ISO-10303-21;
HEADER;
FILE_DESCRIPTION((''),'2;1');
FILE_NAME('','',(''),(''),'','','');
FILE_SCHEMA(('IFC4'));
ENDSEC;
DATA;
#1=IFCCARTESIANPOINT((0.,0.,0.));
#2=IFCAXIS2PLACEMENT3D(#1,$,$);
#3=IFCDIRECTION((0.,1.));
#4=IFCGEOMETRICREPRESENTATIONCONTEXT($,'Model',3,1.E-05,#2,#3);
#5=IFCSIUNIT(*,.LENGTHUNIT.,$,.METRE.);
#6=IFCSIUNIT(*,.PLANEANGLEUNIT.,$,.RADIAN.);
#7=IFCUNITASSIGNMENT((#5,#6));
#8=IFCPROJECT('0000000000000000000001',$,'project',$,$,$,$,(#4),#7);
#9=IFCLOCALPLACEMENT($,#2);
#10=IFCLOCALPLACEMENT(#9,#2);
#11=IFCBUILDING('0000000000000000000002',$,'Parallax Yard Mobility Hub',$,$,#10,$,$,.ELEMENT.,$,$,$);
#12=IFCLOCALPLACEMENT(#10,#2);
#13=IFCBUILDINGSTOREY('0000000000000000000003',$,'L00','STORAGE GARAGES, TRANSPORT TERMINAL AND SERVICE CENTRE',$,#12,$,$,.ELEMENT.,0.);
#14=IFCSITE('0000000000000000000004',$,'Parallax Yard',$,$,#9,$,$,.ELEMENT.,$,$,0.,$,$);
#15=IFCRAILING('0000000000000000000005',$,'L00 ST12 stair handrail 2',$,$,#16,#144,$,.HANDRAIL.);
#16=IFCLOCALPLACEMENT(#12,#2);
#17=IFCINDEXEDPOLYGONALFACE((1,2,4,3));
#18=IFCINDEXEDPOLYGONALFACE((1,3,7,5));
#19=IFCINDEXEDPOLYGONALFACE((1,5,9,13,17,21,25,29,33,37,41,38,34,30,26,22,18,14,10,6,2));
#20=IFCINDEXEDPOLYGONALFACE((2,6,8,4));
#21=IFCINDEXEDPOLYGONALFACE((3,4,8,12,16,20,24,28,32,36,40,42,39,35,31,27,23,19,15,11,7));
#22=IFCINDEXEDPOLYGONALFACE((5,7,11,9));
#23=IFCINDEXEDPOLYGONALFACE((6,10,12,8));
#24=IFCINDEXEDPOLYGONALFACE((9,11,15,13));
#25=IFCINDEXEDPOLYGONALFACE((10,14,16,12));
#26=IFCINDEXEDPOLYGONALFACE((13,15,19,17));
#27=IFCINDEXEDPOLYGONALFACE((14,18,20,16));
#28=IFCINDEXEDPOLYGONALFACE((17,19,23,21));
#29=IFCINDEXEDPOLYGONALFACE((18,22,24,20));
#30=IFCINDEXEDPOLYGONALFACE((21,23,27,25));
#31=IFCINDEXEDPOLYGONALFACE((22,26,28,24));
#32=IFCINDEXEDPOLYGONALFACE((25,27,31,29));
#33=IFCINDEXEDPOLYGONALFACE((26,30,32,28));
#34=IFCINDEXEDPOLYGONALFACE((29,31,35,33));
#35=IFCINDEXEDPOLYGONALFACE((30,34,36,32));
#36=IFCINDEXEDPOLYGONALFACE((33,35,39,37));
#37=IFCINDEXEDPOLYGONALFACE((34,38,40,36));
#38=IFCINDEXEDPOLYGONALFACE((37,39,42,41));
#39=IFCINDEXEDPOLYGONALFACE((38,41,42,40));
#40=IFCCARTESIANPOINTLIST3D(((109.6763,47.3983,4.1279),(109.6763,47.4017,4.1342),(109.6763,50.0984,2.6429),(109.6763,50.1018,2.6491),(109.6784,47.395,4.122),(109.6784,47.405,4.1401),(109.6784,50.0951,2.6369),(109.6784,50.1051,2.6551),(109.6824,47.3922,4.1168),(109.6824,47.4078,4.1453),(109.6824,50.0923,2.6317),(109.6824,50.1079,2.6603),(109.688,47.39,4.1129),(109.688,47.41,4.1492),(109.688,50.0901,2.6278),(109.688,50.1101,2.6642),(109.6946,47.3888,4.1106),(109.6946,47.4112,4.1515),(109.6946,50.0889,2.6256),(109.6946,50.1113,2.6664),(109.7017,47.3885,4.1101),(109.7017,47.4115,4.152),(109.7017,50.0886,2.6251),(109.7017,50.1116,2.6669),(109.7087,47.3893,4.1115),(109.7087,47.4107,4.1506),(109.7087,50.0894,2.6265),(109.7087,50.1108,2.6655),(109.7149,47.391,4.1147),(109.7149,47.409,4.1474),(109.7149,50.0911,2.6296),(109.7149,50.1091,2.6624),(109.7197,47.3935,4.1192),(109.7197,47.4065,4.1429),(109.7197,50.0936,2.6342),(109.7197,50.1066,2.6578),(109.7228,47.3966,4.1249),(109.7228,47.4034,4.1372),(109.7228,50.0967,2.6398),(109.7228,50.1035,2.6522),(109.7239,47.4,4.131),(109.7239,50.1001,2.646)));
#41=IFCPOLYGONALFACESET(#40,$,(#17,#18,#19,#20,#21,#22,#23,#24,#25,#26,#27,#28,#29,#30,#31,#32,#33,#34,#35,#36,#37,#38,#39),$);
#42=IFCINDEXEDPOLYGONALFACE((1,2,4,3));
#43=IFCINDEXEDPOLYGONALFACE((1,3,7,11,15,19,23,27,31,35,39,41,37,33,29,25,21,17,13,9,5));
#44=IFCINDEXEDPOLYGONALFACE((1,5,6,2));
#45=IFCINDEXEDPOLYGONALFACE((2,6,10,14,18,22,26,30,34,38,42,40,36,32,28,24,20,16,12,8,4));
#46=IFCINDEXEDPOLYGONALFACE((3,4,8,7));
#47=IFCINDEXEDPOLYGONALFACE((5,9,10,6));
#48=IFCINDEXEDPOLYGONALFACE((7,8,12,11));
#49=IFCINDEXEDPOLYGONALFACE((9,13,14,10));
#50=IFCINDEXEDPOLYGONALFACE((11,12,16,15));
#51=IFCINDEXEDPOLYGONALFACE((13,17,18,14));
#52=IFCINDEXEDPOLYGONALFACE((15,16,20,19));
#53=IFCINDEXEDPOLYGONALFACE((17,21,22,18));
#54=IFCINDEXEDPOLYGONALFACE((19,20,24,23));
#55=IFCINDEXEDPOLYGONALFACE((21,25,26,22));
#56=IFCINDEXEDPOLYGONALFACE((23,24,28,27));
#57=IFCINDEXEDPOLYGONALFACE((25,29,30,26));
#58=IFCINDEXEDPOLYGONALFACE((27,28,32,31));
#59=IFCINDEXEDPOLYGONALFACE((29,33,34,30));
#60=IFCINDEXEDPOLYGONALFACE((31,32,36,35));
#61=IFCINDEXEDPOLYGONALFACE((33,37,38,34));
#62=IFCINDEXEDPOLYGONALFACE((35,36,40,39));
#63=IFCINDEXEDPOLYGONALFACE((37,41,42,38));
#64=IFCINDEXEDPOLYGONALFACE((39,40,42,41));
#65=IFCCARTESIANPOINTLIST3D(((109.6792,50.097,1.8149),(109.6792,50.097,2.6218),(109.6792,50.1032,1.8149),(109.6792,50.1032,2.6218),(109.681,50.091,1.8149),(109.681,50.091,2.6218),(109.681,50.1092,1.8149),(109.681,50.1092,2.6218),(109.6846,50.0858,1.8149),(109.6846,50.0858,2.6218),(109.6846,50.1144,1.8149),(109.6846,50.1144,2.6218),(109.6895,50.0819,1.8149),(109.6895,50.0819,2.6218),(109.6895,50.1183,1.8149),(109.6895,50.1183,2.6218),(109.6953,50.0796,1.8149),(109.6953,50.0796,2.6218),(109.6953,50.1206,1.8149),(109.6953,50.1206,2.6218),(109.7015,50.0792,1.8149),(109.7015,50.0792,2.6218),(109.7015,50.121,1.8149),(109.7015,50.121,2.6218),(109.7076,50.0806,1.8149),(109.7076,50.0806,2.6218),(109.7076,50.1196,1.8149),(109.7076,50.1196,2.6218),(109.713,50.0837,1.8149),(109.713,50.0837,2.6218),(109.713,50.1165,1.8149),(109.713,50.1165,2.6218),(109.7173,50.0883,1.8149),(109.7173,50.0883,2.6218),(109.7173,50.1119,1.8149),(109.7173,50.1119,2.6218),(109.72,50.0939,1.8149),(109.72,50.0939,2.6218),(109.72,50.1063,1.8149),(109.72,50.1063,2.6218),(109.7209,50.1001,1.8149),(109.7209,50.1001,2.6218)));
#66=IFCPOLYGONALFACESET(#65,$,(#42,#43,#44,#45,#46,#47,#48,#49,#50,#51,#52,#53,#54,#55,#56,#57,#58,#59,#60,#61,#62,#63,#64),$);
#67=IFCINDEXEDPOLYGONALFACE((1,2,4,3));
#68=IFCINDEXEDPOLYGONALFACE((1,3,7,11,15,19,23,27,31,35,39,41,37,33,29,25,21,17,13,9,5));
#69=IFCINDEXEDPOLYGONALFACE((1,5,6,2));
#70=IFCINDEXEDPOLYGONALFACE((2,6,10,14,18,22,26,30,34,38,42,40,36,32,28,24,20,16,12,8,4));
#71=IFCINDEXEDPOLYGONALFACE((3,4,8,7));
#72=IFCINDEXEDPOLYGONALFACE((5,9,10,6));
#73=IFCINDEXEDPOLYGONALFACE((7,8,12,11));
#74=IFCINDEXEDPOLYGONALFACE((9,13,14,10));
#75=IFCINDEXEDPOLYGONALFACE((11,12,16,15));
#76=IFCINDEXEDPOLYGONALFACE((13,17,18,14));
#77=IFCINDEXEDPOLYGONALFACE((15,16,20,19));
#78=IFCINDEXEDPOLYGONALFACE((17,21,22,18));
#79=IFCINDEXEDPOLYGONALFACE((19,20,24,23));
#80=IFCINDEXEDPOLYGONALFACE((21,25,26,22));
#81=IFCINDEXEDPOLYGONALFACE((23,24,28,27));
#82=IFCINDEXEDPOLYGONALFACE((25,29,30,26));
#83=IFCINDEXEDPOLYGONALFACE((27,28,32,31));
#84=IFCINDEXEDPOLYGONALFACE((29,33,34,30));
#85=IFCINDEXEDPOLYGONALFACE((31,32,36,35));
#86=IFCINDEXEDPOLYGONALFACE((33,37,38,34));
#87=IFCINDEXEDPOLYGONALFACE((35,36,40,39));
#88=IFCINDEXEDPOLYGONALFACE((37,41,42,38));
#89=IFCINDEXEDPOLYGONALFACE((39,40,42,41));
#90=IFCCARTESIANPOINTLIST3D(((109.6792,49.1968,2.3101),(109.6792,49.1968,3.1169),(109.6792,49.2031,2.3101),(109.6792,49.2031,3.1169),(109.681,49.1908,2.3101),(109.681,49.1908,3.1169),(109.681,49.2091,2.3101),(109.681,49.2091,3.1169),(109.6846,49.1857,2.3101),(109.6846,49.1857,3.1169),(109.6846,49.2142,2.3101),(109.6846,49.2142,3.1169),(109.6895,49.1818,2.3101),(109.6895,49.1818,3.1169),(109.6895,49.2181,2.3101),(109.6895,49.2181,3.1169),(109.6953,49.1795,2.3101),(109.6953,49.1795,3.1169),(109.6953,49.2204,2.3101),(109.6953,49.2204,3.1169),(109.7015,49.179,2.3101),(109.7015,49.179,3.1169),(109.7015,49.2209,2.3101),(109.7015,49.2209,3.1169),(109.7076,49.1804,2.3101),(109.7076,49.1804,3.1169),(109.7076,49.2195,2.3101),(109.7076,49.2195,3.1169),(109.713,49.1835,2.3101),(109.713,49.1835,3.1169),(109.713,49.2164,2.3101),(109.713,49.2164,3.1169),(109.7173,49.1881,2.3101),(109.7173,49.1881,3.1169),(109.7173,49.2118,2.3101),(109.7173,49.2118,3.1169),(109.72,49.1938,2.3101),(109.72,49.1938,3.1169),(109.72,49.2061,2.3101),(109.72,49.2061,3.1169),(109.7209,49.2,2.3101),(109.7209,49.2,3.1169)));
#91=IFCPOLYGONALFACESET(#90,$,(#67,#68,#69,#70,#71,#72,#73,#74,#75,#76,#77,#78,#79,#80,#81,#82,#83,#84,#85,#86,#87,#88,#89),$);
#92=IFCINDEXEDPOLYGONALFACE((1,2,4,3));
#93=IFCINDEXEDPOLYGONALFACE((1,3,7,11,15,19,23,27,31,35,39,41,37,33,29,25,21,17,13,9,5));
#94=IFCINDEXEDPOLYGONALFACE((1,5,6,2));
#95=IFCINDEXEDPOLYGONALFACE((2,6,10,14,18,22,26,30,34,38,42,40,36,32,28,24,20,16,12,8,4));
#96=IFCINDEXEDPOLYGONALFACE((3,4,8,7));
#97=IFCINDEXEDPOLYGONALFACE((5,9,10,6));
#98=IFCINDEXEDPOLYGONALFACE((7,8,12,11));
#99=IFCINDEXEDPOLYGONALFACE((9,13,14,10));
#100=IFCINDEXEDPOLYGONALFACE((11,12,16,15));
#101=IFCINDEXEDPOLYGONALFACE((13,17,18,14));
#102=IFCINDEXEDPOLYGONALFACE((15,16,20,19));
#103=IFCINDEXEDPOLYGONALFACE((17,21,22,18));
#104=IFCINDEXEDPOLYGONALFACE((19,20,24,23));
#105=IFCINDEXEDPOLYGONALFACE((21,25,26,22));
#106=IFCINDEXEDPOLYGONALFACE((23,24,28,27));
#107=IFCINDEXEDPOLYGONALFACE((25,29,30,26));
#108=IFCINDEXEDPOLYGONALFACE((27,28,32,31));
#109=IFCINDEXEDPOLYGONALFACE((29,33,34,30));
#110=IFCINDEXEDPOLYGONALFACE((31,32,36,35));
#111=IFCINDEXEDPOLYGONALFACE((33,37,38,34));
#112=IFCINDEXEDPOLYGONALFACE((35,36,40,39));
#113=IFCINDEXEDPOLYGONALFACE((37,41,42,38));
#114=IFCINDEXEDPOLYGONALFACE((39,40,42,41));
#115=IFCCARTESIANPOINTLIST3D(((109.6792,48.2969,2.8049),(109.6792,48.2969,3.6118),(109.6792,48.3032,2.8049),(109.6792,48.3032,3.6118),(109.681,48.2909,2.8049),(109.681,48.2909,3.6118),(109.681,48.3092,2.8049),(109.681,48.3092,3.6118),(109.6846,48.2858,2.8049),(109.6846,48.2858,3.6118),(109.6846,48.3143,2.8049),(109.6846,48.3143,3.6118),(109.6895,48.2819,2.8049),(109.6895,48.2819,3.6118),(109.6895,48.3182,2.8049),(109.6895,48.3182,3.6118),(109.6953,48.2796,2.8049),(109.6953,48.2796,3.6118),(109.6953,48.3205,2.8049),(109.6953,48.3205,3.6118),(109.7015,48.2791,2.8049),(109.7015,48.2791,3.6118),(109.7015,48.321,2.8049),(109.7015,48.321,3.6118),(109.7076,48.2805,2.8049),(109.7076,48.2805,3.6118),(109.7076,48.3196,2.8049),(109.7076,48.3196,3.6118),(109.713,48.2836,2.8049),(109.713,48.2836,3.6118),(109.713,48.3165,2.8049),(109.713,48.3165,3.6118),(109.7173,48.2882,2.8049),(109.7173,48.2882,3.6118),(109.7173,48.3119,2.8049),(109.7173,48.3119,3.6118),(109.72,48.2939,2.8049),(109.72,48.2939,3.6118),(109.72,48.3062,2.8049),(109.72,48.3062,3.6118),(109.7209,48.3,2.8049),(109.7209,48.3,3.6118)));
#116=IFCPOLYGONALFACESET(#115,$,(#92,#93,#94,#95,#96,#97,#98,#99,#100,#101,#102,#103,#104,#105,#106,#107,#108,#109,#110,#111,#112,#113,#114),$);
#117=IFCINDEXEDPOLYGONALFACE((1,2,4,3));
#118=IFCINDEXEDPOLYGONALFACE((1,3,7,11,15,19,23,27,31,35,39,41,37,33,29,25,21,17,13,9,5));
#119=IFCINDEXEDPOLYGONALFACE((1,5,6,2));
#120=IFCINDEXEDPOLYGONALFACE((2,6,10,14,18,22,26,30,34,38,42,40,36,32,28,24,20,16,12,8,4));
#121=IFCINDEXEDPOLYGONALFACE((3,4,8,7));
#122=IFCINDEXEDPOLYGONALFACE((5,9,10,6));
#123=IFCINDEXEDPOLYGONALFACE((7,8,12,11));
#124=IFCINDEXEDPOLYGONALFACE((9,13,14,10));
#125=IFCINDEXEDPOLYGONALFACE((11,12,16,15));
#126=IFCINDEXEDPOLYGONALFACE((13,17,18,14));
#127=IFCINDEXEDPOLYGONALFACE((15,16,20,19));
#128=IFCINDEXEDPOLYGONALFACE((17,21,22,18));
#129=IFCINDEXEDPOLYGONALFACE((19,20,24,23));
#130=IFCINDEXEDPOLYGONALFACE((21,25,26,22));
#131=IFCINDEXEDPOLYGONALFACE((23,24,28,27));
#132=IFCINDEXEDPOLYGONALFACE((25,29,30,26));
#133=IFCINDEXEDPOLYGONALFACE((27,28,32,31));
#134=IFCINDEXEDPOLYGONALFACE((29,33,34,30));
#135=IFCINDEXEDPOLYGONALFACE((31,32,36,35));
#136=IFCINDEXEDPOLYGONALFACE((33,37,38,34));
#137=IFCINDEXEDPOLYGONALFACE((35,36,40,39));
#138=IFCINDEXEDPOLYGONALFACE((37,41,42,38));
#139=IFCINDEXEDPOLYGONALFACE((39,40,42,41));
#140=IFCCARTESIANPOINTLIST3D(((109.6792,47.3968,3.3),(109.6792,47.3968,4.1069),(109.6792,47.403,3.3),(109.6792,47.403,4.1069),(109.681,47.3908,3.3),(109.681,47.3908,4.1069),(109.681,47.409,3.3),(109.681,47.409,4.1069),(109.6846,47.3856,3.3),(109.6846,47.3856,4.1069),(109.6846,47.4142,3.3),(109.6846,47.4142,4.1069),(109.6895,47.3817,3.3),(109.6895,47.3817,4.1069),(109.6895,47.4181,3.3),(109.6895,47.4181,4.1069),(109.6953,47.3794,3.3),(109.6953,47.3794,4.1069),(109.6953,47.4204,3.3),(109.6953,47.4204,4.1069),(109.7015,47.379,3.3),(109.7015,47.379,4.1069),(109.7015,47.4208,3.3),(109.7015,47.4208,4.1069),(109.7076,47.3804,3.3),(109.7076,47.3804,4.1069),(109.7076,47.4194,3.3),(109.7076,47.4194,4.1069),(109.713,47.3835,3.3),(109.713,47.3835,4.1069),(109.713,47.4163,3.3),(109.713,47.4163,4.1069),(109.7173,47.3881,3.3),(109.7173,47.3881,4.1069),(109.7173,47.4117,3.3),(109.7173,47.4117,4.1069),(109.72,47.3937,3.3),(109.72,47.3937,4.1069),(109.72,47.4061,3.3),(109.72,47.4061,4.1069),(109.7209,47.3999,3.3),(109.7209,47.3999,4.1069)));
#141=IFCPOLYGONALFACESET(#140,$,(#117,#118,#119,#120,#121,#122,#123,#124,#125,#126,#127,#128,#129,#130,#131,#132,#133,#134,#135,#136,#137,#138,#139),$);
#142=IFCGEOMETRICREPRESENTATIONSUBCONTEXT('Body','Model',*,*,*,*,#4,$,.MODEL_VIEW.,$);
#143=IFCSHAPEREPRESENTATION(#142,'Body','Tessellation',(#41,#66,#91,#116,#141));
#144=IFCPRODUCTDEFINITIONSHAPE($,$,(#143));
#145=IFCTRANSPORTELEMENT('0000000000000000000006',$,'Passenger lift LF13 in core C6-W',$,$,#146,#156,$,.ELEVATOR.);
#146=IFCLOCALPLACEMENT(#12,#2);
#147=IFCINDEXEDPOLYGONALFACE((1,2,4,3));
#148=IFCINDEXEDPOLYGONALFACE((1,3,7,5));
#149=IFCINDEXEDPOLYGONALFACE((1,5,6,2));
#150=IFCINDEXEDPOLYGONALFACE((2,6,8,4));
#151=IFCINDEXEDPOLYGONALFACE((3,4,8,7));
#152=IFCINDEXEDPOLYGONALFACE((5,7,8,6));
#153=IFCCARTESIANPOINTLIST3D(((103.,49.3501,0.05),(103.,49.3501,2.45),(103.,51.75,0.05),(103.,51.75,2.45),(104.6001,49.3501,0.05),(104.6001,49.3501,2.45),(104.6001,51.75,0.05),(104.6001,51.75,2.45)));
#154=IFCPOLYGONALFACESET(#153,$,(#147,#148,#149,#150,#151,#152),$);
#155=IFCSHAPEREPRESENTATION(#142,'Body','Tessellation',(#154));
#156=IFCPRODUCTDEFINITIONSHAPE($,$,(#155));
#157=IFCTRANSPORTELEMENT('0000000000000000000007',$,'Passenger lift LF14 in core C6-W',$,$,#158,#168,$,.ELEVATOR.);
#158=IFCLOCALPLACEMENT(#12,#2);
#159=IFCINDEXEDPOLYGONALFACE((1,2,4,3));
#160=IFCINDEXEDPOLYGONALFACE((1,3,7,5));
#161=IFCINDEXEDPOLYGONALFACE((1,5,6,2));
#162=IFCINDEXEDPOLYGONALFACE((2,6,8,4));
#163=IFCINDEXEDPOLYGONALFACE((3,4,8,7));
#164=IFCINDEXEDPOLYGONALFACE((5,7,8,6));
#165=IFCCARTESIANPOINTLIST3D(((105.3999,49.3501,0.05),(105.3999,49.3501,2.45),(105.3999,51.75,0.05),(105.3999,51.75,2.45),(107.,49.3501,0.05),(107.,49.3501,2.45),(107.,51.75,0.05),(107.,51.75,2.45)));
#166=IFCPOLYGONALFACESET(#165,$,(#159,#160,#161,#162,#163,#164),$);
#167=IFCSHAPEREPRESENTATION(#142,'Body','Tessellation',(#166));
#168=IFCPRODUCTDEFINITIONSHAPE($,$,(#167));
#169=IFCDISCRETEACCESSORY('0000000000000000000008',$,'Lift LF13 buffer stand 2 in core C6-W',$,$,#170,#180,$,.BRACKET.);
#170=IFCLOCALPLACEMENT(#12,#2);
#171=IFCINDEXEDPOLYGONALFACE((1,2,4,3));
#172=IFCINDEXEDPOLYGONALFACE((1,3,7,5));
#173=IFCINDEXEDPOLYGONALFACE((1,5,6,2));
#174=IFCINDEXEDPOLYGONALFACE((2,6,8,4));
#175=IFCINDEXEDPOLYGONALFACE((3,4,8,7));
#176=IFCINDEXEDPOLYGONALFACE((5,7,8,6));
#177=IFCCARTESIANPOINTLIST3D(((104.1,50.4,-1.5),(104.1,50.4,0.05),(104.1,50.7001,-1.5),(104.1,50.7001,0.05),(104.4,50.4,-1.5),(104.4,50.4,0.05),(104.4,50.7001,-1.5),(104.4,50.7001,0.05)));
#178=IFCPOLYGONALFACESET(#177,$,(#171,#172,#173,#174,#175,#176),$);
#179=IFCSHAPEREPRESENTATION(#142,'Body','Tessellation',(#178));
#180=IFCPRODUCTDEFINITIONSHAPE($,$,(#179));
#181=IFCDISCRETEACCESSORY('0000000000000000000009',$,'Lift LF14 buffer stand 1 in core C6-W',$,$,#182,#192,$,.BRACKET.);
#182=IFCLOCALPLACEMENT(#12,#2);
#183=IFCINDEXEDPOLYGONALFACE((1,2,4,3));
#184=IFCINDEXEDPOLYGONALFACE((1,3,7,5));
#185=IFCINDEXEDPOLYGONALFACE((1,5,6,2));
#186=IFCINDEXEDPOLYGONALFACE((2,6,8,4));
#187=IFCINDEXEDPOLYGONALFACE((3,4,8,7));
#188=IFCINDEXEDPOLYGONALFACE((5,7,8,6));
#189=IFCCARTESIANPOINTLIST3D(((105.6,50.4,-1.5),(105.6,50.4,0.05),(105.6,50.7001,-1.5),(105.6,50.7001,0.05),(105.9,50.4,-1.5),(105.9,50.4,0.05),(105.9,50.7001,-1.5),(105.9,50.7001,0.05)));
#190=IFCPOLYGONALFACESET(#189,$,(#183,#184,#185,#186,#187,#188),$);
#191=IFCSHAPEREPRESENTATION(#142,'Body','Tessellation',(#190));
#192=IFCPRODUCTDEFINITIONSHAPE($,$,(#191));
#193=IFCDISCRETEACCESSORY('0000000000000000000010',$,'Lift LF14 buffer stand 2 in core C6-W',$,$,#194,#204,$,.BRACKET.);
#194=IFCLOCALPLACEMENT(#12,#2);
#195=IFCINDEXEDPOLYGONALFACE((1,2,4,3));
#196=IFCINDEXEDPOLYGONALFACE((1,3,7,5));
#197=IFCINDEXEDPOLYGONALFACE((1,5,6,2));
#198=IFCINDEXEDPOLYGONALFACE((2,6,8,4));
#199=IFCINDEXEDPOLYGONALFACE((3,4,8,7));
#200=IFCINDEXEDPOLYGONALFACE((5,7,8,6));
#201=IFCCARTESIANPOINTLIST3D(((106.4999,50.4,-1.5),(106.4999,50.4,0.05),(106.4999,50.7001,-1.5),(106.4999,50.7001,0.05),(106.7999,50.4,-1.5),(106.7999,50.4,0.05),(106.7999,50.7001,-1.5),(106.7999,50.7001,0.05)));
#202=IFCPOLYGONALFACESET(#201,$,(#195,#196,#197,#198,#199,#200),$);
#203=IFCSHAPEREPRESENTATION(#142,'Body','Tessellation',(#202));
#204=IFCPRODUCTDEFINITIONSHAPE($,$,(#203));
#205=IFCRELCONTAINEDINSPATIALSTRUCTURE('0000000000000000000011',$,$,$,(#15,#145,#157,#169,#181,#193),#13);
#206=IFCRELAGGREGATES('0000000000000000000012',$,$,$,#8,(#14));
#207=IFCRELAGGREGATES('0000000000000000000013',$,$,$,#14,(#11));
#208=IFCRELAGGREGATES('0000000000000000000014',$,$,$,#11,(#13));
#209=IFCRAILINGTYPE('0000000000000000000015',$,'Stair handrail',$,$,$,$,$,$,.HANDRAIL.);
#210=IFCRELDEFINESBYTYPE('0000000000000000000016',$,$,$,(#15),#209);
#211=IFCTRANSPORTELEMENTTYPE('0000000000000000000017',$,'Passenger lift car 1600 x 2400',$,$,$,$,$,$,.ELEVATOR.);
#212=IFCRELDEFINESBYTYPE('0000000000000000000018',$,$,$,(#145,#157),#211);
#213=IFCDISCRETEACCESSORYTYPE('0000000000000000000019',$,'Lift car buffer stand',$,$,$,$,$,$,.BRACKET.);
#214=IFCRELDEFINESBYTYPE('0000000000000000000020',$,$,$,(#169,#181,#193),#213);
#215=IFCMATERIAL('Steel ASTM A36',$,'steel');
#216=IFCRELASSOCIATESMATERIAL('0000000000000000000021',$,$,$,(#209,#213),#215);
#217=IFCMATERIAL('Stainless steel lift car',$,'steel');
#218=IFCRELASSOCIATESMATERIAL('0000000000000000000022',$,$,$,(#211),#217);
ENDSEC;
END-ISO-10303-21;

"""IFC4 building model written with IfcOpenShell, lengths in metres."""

from ifc_helpers import new_model, si_unit, direction, frame, origin, origin_2d, place, context, subcontext, project, spatial, rectangle, circle, extrude, material, type_object, element, save


model = new_model("IFC4")

# Units and contexts
model_context = context("Model", 3, precision=1e-05, world=origin(), true_north=direction((0.0, 1.0)))
body_context = subcontext(model_context, "Body", "Model", "MODEL_VIEW")
ifc_project = project(units=[si_unit("LENGTHUNIT", "METRE"), si_unit("PLANEANGLEUNIT", "RADIAN")], contexts=[model_context])

# Site, building, storey
site_placement = place(None, origin())
site = spatial("IfcSite", under=ifc_project, at=site_placement, Name="Parallax Yard", CompositionType="ELEMENT", RefElevation=0.0)
building_placement = place(site_placement, origin())
building = spatial("IfcBuilding", under=site, at=building_placement, Name="Parallax Yard Mobility Hub", CompositionType="ELEMENT")
storey_placement = place(building_placement, origin())
storey = spatial("IfcBuildingStorey", under=building, at=storey_placement, Name="L00", Description="STORAGE GARAGES, TRANSPORT TERMINAL AND SERVICE CENTRE", CompositionType="ELEMENT", Elevation=0.0)

# Railing
ifc_material_1 = material(Name="Steel ASTM A36", Category="steel")
railing_type_1 = type_object("IfcRailingType", Name="Stair handrail", PredefinedType="HANDRAIL", material=ifc_material_1)
railing_1_placement = place(storey_placement, frame((109.7, 50.1001, 1.8149)))
element("IfcRailing", 1, at=railing_1_placement, inside=storey, type_object=railing_type_1, Name="L00 ST12 stair handrail 2", PredefinedType="HANDRAIL", context=body_context, shape_type="SweptSolid", body=[
    extrude(circle(Radius=0.0239, at=origin_2d()), frame((0.0, 0.0, 0.8311), z_axis=(0.0, -0.876216, 0.481919), x_axis=(1.0, 0.0, 0.0)), (0.0, 0.0, 1.0), 3.0815),
    extrude(circle(Radius=0.021, at=origin_2d()), origin(), (0.0, 0.0, 1.0), 0.8069),
    extrude(circle(Radius=0.021, at=origin_2d()), frame((0.0, -0.9001, 0.4951)), (0.0, 0.0, 1.0), 0.8069),
    extrude(circle(Radius=0.021, at=origin_2d()), frame((0.0, -1.8, 0.99)), (0.0, 0.0, 1.0), 0.8069),
    extrude(circle(Radius=0.021, at=origin_2d()), frame((0.0, -2.7002, 1.4851)), (0.0, 0.0, 1.0), 0.8069),
])

# Transport elements
ifc_material_2 = material(Name="Stainless steel lift car", Category="steel")
transport_element_type = type_object("IfcTransportElementType", Name="Passenger lift car 1600 x 2400", PredefinedType="ELEVATOR", material=ifc_material_2)
for number, where, z_axis, x_axis, name in (
    (2, (103.8, 50.55, 0.05), (0.0, 0.0, 1.0), (1.0, 0.0, 0.0), "Passenger lift LF13 in core C6-W"),
    (3, (106.2, 50.55, 0.05), (0.0, 0.0, 1.0), (1.0, 0.0, 0.0), "Passenger lift LF14 in core C6-W"),
):
    element("IfcTransportElement", number, at=place(storey_placement, frame(where, z_axis=z_axis, x_axis=x_axis)), inside=storey, type_object=transport_element_type, Name=name, PredefinedType="ELEVATOR", context=body_context, shape_type="SweptSolid", body=[
        extrude(rectangle(XDim=1.6001, YDim=2.3999, at=origin_2d()), origin(), (0.0, 0.0, 1.0), 2.3999),
    ])

# Discrete accessories
discrete_accessory_type = type_object("IfcDiscreteAccessoryType", Name="Lift car buffer stand", PredefinedType="BRACKET", material=ifc_material_1)
for number, where, z_axis, x_axis, name in (
    (4, (104.25, 50.55, -1.5), (0.0, 0.0, 1.0), (1.0, 0.0, 0.0), "Lift LF13 buffer stand 2 in core C6-W"),
    (5, (105.75, 50.55, -1.5), (0.0, 0.0, 1.0), (1.0, 0.0, 0.0), "Lift LF14 buffer stand 1 in core C6-W"),
    (6, (106.6499, 50.55, -1.5), (0.0, 0.0, 1.0), (1.0, 0.0, 0.0), "Lift LF14 buffer stand 2 in core C6-W"),
):
    element("IfcDiscreteAccessory", number, at=place(storey_placement, frame(where, z_axis=z_axis, x_axis=x_axis)), inside=storey, type_object=discrete_accessory_type, Name=name, PredefinedType="BRACKET", context=body_context, shape_type="SweptSolid", body=[
        extrude(rectangle(XDim=0.3, YDim=0.3, at=origin_2d()), origin(), (0.0, 0.0, 1.0), 1.55),
    ])

save(model, "model.ifc")
